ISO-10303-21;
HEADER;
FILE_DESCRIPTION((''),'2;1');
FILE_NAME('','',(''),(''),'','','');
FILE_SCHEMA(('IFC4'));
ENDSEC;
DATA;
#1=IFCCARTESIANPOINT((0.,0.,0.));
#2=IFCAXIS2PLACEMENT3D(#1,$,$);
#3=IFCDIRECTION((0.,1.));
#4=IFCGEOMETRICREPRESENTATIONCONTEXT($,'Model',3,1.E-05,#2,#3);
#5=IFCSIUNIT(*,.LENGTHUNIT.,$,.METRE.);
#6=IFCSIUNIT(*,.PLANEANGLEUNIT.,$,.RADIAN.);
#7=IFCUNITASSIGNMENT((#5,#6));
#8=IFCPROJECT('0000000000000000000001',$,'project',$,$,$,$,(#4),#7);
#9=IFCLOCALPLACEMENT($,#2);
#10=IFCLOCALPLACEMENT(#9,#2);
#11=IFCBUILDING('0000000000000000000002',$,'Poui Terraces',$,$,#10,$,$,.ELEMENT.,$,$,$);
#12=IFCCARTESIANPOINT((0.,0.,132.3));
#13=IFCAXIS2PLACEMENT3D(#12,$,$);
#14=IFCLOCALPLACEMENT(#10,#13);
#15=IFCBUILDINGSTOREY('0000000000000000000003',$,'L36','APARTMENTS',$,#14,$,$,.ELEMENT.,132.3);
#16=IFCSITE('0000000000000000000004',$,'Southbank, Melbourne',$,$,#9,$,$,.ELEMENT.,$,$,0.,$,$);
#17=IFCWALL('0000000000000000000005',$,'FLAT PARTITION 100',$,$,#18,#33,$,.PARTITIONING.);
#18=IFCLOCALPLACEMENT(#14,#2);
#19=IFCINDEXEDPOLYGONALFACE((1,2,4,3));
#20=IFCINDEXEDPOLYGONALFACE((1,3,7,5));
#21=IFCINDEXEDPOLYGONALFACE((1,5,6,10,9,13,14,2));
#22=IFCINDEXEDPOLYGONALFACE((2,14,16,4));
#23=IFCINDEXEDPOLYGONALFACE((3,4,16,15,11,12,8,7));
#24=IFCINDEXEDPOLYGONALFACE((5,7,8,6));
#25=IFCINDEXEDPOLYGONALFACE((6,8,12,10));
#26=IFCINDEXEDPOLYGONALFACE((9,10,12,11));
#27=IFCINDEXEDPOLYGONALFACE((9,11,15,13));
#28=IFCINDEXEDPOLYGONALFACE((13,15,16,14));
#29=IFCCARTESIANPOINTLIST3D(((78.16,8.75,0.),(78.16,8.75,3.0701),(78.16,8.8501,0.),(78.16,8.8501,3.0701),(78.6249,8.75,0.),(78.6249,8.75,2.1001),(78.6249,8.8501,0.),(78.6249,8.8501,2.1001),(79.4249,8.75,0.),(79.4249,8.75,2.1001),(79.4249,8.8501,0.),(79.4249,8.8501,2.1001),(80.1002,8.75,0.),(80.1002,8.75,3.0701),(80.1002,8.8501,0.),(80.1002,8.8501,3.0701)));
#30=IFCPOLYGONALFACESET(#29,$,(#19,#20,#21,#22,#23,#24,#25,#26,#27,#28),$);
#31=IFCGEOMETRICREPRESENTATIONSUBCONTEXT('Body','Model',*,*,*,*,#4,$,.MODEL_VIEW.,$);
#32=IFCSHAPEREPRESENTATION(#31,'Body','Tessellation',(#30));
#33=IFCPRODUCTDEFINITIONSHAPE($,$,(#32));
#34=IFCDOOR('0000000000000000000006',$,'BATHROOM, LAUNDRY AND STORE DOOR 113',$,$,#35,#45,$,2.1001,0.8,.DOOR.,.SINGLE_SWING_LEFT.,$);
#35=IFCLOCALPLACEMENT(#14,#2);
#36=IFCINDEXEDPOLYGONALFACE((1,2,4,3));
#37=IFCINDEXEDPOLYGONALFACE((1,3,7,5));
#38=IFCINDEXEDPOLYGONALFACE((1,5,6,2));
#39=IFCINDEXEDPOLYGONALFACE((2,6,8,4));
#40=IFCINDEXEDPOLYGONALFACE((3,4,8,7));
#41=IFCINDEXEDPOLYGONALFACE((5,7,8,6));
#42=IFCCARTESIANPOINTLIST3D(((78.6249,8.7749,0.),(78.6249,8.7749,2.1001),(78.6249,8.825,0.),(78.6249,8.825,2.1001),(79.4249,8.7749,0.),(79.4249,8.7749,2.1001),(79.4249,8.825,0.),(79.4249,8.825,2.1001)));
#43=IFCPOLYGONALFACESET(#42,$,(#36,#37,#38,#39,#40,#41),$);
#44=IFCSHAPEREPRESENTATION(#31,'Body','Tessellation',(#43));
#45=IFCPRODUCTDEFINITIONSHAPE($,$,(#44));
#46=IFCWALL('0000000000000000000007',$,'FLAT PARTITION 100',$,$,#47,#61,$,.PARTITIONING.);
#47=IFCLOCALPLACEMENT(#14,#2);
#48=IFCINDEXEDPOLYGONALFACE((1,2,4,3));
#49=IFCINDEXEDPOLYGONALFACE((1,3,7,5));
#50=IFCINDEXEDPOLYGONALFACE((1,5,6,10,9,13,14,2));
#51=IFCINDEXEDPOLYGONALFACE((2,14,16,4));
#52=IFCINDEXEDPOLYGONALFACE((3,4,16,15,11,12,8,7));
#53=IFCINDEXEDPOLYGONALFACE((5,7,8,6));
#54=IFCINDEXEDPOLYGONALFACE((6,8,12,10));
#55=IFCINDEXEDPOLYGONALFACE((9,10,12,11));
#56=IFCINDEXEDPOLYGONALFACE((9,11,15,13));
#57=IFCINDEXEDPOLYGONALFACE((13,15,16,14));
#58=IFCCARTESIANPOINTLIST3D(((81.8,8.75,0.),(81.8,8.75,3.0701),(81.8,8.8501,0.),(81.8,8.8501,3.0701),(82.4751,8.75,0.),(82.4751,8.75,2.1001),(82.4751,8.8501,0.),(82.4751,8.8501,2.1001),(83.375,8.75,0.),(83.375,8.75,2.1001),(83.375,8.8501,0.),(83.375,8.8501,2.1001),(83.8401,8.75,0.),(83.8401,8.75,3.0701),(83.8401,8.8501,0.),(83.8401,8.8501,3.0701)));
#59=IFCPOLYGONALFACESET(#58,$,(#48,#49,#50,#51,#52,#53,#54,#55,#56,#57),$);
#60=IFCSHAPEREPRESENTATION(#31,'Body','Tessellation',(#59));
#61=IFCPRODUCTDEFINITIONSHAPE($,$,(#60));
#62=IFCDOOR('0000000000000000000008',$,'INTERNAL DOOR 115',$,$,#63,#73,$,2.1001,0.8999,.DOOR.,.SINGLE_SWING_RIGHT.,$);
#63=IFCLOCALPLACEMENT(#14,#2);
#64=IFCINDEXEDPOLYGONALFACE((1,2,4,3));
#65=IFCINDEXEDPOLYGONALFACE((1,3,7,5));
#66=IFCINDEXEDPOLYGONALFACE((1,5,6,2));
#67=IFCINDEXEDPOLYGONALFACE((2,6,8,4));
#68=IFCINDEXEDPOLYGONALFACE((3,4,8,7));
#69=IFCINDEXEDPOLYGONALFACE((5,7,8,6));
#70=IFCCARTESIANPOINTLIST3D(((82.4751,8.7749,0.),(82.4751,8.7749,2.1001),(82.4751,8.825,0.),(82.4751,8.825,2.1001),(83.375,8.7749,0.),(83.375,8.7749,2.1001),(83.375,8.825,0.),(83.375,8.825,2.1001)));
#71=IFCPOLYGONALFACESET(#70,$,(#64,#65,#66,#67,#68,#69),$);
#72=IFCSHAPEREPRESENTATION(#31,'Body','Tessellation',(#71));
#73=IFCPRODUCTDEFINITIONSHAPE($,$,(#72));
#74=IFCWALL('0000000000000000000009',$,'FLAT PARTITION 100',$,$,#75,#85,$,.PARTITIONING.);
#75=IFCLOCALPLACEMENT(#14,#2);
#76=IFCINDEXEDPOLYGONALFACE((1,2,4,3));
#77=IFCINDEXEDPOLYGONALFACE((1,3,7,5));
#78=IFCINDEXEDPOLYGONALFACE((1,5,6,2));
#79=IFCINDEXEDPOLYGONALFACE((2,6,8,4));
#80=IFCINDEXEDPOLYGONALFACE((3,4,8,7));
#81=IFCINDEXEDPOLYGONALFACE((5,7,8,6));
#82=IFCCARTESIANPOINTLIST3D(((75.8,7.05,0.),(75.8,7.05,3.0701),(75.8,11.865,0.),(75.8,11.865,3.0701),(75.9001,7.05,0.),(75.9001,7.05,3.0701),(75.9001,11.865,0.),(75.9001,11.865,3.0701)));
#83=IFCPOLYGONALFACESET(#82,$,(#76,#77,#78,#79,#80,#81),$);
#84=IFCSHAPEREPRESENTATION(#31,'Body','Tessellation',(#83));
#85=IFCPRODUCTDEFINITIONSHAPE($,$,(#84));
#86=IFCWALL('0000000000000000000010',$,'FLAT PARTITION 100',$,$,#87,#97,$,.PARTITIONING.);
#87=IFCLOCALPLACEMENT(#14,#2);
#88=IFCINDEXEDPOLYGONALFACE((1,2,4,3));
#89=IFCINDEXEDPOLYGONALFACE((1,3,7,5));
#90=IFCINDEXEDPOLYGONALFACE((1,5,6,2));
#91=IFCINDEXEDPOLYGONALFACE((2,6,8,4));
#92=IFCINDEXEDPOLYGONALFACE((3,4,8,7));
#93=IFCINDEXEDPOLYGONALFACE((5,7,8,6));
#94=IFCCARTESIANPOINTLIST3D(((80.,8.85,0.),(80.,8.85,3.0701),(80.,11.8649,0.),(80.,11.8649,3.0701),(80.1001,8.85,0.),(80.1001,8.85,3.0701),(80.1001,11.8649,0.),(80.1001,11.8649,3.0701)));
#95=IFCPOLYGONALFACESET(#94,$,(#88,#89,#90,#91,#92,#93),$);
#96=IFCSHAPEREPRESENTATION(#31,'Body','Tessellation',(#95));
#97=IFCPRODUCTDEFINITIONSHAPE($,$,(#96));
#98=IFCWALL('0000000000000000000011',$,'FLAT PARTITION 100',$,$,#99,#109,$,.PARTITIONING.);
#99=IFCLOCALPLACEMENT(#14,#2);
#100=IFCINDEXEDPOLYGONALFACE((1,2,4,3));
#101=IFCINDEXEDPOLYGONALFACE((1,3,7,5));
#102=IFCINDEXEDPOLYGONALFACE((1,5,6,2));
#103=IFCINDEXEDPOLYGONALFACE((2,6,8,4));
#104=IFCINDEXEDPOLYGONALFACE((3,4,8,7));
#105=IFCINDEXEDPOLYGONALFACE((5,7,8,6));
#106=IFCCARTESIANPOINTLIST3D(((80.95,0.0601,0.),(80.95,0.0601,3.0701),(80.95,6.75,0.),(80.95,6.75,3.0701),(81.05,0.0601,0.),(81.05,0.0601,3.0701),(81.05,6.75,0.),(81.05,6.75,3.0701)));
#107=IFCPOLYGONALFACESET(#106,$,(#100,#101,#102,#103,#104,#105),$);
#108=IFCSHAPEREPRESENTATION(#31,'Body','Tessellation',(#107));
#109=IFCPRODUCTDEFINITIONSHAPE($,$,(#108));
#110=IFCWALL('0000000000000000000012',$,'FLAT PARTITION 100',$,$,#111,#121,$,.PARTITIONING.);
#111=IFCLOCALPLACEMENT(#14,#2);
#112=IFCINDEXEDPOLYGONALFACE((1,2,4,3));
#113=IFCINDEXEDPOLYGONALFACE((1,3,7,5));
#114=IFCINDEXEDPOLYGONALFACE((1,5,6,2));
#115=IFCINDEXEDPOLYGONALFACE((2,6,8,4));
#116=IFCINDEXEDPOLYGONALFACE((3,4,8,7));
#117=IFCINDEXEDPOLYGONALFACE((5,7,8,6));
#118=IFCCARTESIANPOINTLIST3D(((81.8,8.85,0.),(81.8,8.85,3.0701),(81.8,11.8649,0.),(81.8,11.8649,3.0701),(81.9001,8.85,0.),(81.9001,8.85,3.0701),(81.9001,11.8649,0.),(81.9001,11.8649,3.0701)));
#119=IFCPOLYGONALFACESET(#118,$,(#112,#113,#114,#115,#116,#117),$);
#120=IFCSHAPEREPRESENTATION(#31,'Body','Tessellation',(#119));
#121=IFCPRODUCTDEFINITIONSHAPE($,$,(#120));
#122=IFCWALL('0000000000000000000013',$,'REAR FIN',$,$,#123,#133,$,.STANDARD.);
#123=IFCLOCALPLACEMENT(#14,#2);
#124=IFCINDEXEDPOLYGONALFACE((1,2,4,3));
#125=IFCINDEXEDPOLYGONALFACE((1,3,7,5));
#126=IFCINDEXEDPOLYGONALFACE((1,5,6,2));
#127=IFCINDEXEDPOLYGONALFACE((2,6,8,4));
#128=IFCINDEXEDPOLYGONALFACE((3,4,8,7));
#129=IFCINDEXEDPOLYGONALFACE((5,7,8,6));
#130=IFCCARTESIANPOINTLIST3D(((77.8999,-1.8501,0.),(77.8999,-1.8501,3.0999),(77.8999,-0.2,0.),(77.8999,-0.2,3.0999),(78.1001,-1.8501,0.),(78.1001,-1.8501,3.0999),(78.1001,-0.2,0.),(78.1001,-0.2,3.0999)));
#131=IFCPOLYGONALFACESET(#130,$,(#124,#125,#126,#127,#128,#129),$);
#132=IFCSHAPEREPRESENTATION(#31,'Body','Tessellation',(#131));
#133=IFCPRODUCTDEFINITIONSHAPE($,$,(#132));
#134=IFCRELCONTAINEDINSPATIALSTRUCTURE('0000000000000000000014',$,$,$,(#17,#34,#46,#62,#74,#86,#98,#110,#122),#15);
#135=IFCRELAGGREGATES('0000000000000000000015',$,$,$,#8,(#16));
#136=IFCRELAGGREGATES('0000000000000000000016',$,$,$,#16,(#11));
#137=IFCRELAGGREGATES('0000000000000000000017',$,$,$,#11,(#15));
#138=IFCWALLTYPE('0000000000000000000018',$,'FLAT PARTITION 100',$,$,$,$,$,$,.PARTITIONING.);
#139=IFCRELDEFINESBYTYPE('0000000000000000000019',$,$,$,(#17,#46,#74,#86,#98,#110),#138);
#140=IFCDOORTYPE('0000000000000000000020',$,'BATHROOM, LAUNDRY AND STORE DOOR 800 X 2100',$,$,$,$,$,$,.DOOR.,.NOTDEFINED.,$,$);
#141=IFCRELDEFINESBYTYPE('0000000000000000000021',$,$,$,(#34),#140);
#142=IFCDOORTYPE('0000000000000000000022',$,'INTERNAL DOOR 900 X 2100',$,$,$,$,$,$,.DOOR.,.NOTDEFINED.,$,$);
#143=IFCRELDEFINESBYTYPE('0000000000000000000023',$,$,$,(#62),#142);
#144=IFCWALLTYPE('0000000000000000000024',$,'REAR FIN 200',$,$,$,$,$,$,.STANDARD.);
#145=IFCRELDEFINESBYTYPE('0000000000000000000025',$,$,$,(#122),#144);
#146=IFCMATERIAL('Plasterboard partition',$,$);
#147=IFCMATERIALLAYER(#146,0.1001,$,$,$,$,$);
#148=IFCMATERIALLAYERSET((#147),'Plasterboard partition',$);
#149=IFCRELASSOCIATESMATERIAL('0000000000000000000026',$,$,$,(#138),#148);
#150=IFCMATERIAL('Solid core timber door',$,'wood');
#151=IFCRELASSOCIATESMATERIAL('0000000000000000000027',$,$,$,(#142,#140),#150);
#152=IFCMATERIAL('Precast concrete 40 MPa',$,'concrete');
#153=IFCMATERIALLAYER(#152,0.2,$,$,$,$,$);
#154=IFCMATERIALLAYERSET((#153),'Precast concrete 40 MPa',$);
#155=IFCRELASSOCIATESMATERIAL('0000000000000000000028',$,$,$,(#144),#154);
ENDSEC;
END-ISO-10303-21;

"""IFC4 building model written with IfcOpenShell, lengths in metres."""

from ifc_helpers import new_model, si_unit, direction, frame, frame_2d, origin, place, context, subcontext, project, spatial, polyline, rectangle, outline, extrude, source, transform, mapped, material, layer, layer_set, type_object, element, fill, save


model = new_model("IFC4")

# Units and contexts
model_context = context("Model", 3, precision=1e-05, world=origin(), true_north=direction((0.0, 1.0)))
body_context = subcontext(model_context, "Body", "Model", "MODEL_VIEW")
ifc_project = project(units=[si_unit("LENGTHUNIT", "METRE"), si_unit("PLANEANGLEUNIT", "RADIAN")], contexts=[model_context])

# Site, building, storey
site_placement = place(None, origin())
site = spatial("IfcSite", under=ifc_project, at=site_placement, Name="Southbank, Melbourne", CompositionType="ELEMENT", RefElevation=0.0)
building_placement = place(site_placement, origin())
building = spatial("IfcBuilding", under=site, at=building_placement, Name="Poui Terraces", CompositionType="ELEMENT")
storey_placement = place(building_placement, frame((0.0, 0.0, 132.3)))
storey = spatial("IfcBuildingStorey", under=building, at=storey_placement, Name="L36", Description="APARTMENTS", CompositionType="ELEMENT", Elevation=132.3)

# Walls, openings, doors
ifc_material_1 = material(Name="Plasterboard partition")
ifc_layer_1 = layer(ifc_material_1, 0.1001)
ifc_layer_set_1 = layer_set([ifc_layer_1], Name="Plasterboard partition")
wall_type_1 = type_object("IfcWallType", Name="FLAT PARTITION 100", PredefinedType="PARTITIONING", material=ifc_layer_set_1)
ifc_material_2 = material(Name="Solid core timber door", Category="wood")
door_type_1 = type_object("IfcDoorType", Name="INTERNAL DOOR 900 X 2100", OperationType="NOTDEFINED", PredefinedType="DOOR", material=ifc_material_2)
wall_1_placement = place(storey_placement, frame((78.1599, 8.8, 0.0), z_axis=(0.0, 0.0, 1.0), x_axis=(1.0, 0.0, 0.0)))
wall_1 = element("IfcWall", 1, at=wall_1_placement, inside=storey, type_object=wall_type_1, Name="FLAT PARTITION 100", PredefinedType="PARTITIONING", context=body_context, shape_type="SweptSolid", body=[
    extrude(rectangle(XDim=1.9402, YDim=0.1001, at=frame_2d((0.9702, 0.0))), origin(), (0.0, 0.0, 1.0), 3.0701),
])
opening_1_placement = place(wall_1_placement, frame((0.4651, 0.0, 0.0)))
opening_1 = element("IfcOpeningElement", 2, at=opening_1_placement, cuts=wall_1, PredefinedType="OPENING", context=body_context, shape_type="SweptSolid", body=[
    extrude(rectangle(XDim=0.8, YDim=2.1001, at=frame_2d((0.3999, 1.05))), frame((0.0, 0.0601, 0.0), z_axis=(0.0, -1.0, 0.0), x_axis=(1.0, 0.0, 0.0)), (0.0, 0.0, 1.0), 0.1201),
])
door_type_2 = type_object("IfcDoorType", Name="BATHROOM, LAUNDRY AND STORE DOOR 800 X 2100", OperationType="NOTDEFINED", PredefinedType="DOOR", material=ifc_material_2)
door_1_placement = place(opening_1_placement, origin())
door_1 = element("IfcDoor", 3, at=door_1_placement, inside=storey, type_object=door_type_2, Name="BATHROOM, LAUNDRY AND STORE DOOR 113", OperationType="SINGLE_SWING_LEFT", OverallHeight=2.1001, OverallWidth=0.8, PredefinedType="DOOR", context=body_context, shape_type="SweptSolid", body=[
    extrude(rectangle(XDim=0.8, YDim=2.1001, at=frame_2d((0.3999, 1.05))), frame((0.0, 0.0249, 0.0), z_axis=(0.0, -1.0, 0.0), x_axis=(1.0, 0.0, 0.0)), (0.0, 0.0, 1.0), 0.05),
])
fill(opening_1, door_1)
wall_2_placement = place(storey_placement, frame((81.8, 8.8, 0.0), z_axis=(0.0, 0.0, 1.0), x_axis=(1.0, 0.0, 0.0)))
wall_2 = element("IfcWall", 4, at=wall_2_placement, inside=storey, type_object=wall_type_1, Name="FLAT PARTITION 100", PredefinedType="PARTITIONING", context=body_context, shape_type="SweptSolid", body=[
    extrude(rectangle(XDim=2.04, YDim=0.1001, at=frame_2d((1.02, 0.0))), origin(), (0.0, 0.0, 1.0), 3.0701),
])
opening_2_placement = place(wall_2_placement, frame((0.675, 0.0, 0.0)))
opening_2 = element("IfcOpeningElement", 5, at=opening_2_placement, cuts=wall_2, PredefinedType="OPENING", context=body_context, shape_type="SweptSolid", body=[
    extrude(rectangle(XDim=0.8999, YDim=2.1001, at=frame_2d((0.45, 1.05))), frame((0.0, 0.0601, 0.0), z_axis=(0.0, -1.0, 0.0), x_axis=(1.0, 0.0, 0.0)), (0.0, 0.0, 1.0), 0.1201),
])
door_2_placement = place(opening_2_placement, origin())
door_2 = element("IfcDoor", 6, at=door_2_placement, inside=storey, type_object=door_type_1, Name="INTERNAL DOOR 115", OperationType="SINGLE_SWING_RIGHT", OverallHeight=2.1001, OverallWidth=0.8999, PredefinedType="DOOR", context=body_context, shape_type="SweptSolid", body=[
    extrude(rectangle(XDim=0.8999, YDim=2.1001, at=frame_2d((0.45, 1.05))), frame((0.0, 0.0249, 0.0), z_axis=(0.0, -1.0, 0.0), x_axis=(1.0, 0.0, 0.0)), (0.0, 0.0, 1.0), 0.05),
])
fill(opening_2, door_2)

# Walls
wall_3_placement = place(storey_placement, frame((75.8501, 7.05, 0.0), z_axis=(0.0, 0.0, 1.0), x_axis=(0.0, 1.0, 0.0)))
element("IfcWall", 7, at=wall_3_placement, inside=storey, type_object=wall_type_1, Name="FLAT PARTITION 100", PredefinedType="PARTITIONING", context=body_context, shape_type="SweptSolid", body=[
    extrude(rectangle(XDim=4.8149, YDim=0.1001, at=frame_2d((2.4075, 0.0))), origin(), (0.0, 0.0, 1.0), 3.0701),
])
wall_4_placement = place(storey_placement, frame((80.05, 8.8501, 0.0), z_axis=(0.0, 0.0, 1.0), x_axis=(0.0, 1.0, 0.0)))
element("IfcWall", 8, at=wall_4_placement, inside=storey, type_object=wall_type_1, Name="FLAT PARTITION 100", PredefinedType="PARTITIONING", context=body_context, shape_type="SweptSolid", body=[
    extrude(rectangle(XDim=3.0149, YDim=0.1001, at=frame_2d((1.5073, 0.0))), origin(), (0.0, 0.0, 1.0), 3.0701),
])
wall_5_placement = place(storey_placement, frame((81.0, 0.0601, 0.0), z_axis=(0.0, 0.0, 1.0), x_axis=(0.0, 1.0, 0.0)))
element("IfcWall", 9, at=wall_5_placement, inside=storey, type_object=wall_type_1, Name="FLAT PARTITION 100", PredefinedType="PARTITIONING", context=body_context, shape_type="SweptSolid", body=[
    extrude(rectangle(XDim=6.6899, YDim=0.1001, at=frame_2d((3.345, 0.0))), origin(), (0.0, 0.0, 1.0), 3.0701),
])
wall_6_placement = place(storey_placement, frame((81.8501, 8.8501, 0.0), z_axis=(0.0, 0.0, 1.0), x_axis=(0.0, 1.0, 0.0)))
element("IfcWall", 10, at=wall_6_placement, inside=storey, type_object=wall_type_1, Name="FLAT PARTITION 100", PredefinedType="PARTITIONING", context=body_context, shape_type="SweptSolid", body=[
    extrude(rectangle(XDim=3.0149, YDim=0.1001, at=frame_2d((1.5073, 0.0))), origin(), (0.0, 0.0, 1.0), 3.0701),
])
ifc_material_3 = material(Name="Precast concrete 40 MPa", Category="concrete")
ifc_layer_2 = layer(ifc_material_3, 0.2)
ifc_layer_set_2 = layer_set([ifc_layer_2], Name="Precast concrete 40 MPa")
wall_type_2 = type_object("IfcWallType", Name="REAR FIN 200", PredefinedType="STANDARD", material=ifc_layer_set_2)
shared_shape = source(origin(), body_context, "Body", "SweptSolid", [
    extrude(outline(polyline([(0.0, 0.0), (0.2002, 0.0), (0.2002, 1.6501), (0.0, 1.6501), (0.0, 0.0)])), origin(), (0.0, 0.0, 1.0), 3.0999),
])
wall_7_placement = place(storey_placement, frame((77.8999, -1.8501, 0.0)))
element("IfcWall", 11, at=wall_7_placement, inside=storey, type_object=wall_type_2, Name="REAR FIN", PredefinedType="STANDARD", context=body_context, shape_type="MappedRepresentation", body=[
    mapped(shared_shape, transform((0.0, 0.0, 0.0))),
])

save(model, "model.ifc")
